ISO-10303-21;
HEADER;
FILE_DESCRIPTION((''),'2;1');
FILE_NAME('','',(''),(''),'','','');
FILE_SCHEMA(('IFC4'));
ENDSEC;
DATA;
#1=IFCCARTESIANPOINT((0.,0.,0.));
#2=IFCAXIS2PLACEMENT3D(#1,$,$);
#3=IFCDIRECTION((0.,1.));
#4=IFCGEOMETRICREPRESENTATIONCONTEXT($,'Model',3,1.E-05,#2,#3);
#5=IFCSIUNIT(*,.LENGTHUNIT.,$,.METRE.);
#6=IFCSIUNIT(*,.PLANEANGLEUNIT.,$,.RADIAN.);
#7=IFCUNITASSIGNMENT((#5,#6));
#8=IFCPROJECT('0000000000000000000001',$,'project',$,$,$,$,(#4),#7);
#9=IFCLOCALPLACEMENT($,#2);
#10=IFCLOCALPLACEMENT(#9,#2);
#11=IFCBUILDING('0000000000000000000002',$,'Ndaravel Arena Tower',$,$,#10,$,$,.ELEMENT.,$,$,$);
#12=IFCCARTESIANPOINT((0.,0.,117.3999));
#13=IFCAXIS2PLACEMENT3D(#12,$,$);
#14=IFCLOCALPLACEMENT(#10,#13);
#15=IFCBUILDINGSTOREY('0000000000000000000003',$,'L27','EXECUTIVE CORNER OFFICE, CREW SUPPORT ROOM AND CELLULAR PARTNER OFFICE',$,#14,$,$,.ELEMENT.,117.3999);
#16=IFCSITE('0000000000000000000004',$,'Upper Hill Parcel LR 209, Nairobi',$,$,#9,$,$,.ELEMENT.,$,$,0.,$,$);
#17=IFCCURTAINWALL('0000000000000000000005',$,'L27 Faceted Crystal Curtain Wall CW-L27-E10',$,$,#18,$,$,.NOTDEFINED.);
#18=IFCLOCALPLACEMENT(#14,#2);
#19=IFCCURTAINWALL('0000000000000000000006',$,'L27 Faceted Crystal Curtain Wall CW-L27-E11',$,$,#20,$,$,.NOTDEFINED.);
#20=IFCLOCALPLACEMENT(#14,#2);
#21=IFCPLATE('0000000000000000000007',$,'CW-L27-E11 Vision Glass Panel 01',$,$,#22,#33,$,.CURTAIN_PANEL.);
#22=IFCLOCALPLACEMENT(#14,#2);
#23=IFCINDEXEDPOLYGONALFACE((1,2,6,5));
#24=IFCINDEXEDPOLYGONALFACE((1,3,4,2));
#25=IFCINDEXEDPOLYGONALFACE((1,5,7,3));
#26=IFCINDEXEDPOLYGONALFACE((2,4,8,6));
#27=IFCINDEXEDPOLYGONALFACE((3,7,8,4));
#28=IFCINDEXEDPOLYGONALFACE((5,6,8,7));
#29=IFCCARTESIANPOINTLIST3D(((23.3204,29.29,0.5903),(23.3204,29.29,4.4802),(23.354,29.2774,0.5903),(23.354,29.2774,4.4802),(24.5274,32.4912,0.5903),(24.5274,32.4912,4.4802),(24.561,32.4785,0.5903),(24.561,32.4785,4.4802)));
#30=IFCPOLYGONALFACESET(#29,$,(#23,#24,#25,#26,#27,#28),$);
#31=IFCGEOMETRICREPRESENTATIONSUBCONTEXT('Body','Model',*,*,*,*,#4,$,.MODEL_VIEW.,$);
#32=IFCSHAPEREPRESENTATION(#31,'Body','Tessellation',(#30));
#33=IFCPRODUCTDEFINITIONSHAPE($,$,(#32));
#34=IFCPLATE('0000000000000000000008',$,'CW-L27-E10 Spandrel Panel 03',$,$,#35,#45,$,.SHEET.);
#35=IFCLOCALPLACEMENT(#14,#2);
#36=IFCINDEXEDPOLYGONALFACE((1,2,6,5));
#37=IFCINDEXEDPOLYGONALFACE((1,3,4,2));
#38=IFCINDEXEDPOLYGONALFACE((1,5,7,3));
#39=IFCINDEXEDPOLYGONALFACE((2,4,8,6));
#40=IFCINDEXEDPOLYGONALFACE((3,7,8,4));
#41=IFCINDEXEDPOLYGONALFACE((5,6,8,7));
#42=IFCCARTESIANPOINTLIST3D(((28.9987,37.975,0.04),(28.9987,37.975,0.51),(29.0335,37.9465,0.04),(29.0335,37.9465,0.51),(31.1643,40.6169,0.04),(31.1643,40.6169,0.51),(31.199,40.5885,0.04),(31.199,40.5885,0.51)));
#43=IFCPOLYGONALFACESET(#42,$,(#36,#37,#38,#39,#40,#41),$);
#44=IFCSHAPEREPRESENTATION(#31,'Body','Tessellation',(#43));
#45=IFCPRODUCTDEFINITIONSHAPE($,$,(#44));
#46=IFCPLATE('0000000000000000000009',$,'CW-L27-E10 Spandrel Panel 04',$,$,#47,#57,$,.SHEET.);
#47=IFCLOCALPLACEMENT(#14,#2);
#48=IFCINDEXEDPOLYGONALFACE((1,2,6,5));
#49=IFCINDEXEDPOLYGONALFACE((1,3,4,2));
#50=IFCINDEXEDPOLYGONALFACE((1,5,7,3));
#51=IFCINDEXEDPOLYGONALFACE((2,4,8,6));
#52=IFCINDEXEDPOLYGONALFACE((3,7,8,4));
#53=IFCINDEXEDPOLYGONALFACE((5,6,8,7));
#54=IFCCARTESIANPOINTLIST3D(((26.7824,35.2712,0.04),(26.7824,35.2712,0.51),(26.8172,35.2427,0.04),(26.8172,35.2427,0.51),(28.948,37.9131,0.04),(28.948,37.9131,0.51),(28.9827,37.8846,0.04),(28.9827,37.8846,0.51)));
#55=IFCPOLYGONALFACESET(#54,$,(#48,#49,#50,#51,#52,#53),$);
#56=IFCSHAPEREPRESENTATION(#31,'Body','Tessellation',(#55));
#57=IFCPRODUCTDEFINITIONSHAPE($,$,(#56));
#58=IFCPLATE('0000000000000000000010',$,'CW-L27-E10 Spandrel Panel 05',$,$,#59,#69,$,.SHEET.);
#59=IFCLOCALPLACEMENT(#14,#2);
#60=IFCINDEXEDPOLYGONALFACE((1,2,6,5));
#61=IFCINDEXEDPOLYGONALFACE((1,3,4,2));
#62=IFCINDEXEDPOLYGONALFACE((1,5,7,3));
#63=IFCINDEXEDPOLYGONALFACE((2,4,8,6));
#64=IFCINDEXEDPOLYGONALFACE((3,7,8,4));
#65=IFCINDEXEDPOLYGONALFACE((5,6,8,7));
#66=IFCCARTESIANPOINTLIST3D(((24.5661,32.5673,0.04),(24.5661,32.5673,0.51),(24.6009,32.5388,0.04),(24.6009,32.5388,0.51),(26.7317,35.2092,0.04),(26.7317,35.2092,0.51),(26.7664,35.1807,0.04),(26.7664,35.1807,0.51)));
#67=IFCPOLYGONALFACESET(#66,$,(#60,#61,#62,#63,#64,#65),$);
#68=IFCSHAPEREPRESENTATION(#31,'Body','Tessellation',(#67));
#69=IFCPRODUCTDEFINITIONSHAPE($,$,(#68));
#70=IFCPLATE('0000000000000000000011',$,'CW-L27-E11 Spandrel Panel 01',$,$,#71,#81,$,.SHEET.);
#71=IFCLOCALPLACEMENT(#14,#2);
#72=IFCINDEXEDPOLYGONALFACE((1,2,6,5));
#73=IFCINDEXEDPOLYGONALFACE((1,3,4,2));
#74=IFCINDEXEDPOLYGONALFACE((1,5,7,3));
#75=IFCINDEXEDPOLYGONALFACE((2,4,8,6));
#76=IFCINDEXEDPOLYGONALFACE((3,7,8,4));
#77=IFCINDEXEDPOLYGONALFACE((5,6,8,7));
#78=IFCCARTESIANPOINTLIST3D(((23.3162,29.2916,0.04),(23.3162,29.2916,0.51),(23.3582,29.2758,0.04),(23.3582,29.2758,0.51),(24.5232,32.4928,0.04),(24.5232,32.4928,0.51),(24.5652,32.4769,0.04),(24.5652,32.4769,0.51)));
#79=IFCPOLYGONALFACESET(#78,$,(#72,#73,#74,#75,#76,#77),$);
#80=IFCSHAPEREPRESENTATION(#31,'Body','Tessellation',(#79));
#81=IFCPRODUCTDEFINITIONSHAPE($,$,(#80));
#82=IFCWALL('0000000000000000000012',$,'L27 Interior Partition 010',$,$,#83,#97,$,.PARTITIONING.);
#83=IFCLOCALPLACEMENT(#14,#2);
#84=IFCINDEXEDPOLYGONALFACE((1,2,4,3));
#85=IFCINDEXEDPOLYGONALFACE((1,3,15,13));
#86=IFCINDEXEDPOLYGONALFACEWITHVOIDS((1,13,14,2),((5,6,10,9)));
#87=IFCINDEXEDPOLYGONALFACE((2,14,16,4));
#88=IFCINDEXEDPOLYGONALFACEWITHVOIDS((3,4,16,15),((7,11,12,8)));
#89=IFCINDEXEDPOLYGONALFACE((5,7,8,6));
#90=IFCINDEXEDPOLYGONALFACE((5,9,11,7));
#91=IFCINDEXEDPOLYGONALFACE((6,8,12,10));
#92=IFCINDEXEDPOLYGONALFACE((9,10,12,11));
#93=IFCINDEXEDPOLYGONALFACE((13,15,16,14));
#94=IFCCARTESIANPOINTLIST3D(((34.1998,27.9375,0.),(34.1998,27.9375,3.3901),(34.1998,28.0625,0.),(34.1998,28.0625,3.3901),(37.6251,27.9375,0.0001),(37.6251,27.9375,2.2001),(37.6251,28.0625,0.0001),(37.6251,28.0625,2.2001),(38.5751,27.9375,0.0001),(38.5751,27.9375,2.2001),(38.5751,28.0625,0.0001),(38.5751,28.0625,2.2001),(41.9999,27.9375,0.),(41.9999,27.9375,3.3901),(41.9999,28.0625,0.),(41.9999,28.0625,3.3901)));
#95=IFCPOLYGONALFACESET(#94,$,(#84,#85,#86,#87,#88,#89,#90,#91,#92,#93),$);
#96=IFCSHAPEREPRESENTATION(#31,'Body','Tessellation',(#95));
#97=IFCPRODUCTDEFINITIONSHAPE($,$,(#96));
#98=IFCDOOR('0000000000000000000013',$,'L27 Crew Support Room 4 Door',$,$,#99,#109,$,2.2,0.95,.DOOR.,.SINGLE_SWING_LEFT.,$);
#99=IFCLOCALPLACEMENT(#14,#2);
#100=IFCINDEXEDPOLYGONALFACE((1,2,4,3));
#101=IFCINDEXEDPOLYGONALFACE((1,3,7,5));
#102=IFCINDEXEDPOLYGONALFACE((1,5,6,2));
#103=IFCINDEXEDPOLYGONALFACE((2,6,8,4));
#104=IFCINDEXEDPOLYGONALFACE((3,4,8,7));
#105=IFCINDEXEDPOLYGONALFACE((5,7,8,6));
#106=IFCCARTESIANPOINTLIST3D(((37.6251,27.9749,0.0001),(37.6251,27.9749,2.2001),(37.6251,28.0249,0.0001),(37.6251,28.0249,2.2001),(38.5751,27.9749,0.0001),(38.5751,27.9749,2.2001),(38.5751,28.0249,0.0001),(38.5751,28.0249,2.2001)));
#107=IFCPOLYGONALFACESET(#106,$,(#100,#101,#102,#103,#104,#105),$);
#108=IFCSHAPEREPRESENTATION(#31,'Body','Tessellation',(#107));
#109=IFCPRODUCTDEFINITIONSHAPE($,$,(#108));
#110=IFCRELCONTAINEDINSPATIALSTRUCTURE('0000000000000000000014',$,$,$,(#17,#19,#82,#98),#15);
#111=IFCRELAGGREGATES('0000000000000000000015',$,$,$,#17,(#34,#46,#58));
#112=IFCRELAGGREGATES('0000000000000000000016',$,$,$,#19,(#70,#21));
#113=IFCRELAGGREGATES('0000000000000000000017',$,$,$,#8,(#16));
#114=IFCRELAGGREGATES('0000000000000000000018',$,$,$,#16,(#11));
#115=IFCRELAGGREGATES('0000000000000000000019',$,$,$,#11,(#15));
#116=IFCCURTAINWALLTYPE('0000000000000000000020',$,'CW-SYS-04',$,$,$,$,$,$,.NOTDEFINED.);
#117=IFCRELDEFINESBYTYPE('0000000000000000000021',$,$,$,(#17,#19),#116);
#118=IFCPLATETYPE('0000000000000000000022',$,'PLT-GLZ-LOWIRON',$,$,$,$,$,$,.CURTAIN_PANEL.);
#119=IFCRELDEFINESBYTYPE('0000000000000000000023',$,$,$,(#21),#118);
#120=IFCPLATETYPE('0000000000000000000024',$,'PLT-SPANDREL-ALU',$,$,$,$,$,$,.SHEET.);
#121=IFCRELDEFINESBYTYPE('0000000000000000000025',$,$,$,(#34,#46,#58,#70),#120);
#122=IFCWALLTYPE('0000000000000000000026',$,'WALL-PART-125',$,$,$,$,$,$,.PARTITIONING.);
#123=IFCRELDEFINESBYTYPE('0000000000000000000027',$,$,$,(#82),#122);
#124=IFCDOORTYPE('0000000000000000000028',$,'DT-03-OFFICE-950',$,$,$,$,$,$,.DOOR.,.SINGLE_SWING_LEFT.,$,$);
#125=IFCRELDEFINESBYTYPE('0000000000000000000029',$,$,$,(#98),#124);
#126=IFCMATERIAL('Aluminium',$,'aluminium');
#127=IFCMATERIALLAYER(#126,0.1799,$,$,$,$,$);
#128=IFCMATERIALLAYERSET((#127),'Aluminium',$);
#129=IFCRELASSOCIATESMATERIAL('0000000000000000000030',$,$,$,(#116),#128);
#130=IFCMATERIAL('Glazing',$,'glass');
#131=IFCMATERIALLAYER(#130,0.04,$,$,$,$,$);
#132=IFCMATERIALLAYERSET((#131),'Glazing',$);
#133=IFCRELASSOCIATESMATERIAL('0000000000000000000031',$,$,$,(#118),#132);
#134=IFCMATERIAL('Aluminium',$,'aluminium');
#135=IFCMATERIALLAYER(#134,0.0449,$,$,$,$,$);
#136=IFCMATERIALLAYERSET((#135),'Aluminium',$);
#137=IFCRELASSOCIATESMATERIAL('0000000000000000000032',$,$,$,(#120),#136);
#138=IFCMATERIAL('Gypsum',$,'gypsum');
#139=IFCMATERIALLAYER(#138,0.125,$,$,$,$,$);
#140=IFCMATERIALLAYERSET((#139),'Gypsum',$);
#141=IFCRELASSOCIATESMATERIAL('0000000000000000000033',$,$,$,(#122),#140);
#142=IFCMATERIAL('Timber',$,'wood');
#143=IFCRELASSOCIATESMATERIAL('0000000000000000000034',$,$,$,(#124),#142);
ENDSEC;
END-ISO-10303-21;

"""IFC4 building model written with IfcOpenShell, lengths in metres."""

from ifc_helpers import new_model, si_unit, direction, frame, frame_2d, origin, origin_2d, place, context, subcontext, project, spatial, rectangle, extrude, material, layer, layer_set, type_object, element, fill, aggregate, save


model = new_model("IFC4")

# Units and contexts
model_context = context("Model", 3, precision=1e-05, world=origin(), true_north=direction((0.0, 1.0)))
body_context = subcontext(model_context, "Body", "Model", "MODEL_VIEW")
ifc_project = project(units=[si_unit("LENGTHUNIT", "METRE"), si_unit("PLANEANGLEUNIT", "RADIAN")], contexts=[model_context])

# Site, building, storey
site_placement = place(None, origin())
site = spatial("IfcSite", under=ifc_project, at=site_placement, Name="Upper Hill Parcel LR 209, Nairobi", CompositionType="ELEMENT", RefElevation=0.0)
building_placement = place(site_placement, origin())
building = spatial("IfcBuilding", under=site, at=building_placement, Name="Ndaravel Arena Tower", CompositionType="ELEMENT")
storey_placement = place(building_placement, frame((0.0, 0.0, 117.3999)))
storey = spatial("IfcBuildingStorey", under=building, at=storey_placement, Name="L27", Description="EXECUTIVE CORNER OFFICE, CREW SUPPORT ROOM AND CELLULAR PARTNER OFFICE", CompositionType="ELEMENT", Elevation=117.3999)

# Curtain walls
ifc_material_1 = material(Name="Aluminium", Category="aluminium")
ifc_layer_1 = layer(ifc_material_1, 0.1799)
ifc_layer_set_1 = layer_set([ifc_layer_1], Name="Aluminium")
curtain_wall_type = type_object("IfcCurtainWallType", Name="CW-SYS-04", PredefinedType="NOTDEFINED", material=ifc_layer_set_1)
curtain_wall_1_placement = place(storey_placement, origin())
curtain_wall_1 = element("IfcCurtainWall", 1, at=curtain_wall_1_placement, inside=storey, type_object=curtain_wall_type, Name="L27 Faceted Crystal Curtain Wall CW-L27-E10", PredefinedType="NOTDEFINED")
curtain_wall_2_placement = place(storey_placement, origin())
curtain_wall_2 = element("IfcCurtainWall", 2, at=curtain_wall_2_placement, inside=storey, type_object=curtain_wall_type, Name="L27 Faceted Crystal Curtain Wall CW-L27-E11", PredefinedType="NOTDEFINED")

# Plates
ifc_material_2 = material(Name="Glazing", Category="glass")
ifc_layer_2 = layer(ifc_material_2, 0.04)
ifc_layer_set_2 = layer_set([ifc_layer_2], Name="Glazing")
plate_type_1 = type_object("IfcPlateType", Name="PLT-GLZ-LOWIRON", PredefinedType="CURTAIN_PANEL", material=ifc_layer_set_2)
plate_1_placement = place(storey_placement, frame((23.9407, 30.8843, 0.5903), z_axis=(0.0, 0.0, 1.0), x_axis=(-0.352805, -0.935697, 0.0)))
plate_1 = element("IfcPlate", 3, at=plate_1_placement, type_object=plate_type_1, Name="CW-L27-E11 Vision Glass Panel 01", PredefinedType="CURTAIN_PANEL", context=body_context, shape_type="SweptSolid", body=[
    extrude(rectangle(XDim=3.4211, YDim=0.0359, at=origin_2d()), origin(), (0.0, 0.0, 1.0), 3.8899),
])
ifc_material_3 = material(Name="Aluminium", Category="aluminium")
ifc_layer_3 = layer(ifc_material_3, 0.0449)
ifc_layer_set_3 = layer_set([ifc_layer_3], Name="Aluminium")
plate_type_2 = type_object("IfcPlateType", Name="PLT-SPANDREL-ALU", PredefinedType="SHEET", material=ifc_layer_set_3)
plate_2_placement = place(storey_placement, frame((30.0989, 39.2817, 0.04), z_axis=(0.0, 0.0, 1.0), x_axis=(-0.633934, -0.773387, 0.0)))
plate_2 = element("IfcPlate", 4, at=plate_2_placement, type_object=plate_type_2, Name="CW-L27-E10 Spandrel Panel 03", PredefinedType="SHEET", context=body_context, shape_type="SweptSolid", body=[
    extrude(rectangle(XDim=3.416, YDim=0.0449, at=origin_2d()), origin(), (0.0, 0.0, 1.0), 0.47),
])
plate_3_placement = place(storey_placement, frame((27.8826, 36.5779, 0.04), z_axis=(0.0, 0.0, 1.0), x_axis=(-0.633934, -0.773387, 0.0)))
plate_3 = element("IfcPlate", 5, at=plate_3_placement, type_object=plate_type_2, Name="CW-L27-E10 Spandrel Panel 04", PredefinedType="SHEET", context=body_context, shape_type="SweptSolid", body=[
    extrude(rectangle(XDim=3.416, YDim=0.0449, at=origin_2d()), origin(), (0.0, 0.0, 1.0), 0.47),
])
plate_4_placement = place(storey_placement, frame((25.6663, 33.874, 0.04), z_axis=(0.0, 0.0, 1.0), x_axis=(-0.633934, -0.773387, 0.0)))
plate_4 = element("IfcPlate", 6, at=plate_4_placement, type_object=plate_type_2, Name="CW-L27-E10 Spandrel Panel 05", PredefinedType="SHEET", context=body_context, shape_type="SweptSolid", body=[
    extrude(rectangle(XDim=3.416, YDim=0.0449, at=origin_2d()), origin(), (0.0, 0.0, 1.0), 0.47),
])
aggregate(curtain_wall_1, [plate_2, plate_3, plate_4])
plate_5_placement = place(storey_placement, frame((23.9407, 30.8843, 0.04), z_axis=(0.0, 0.0, 1.0), x_axis=(-0.352805, -0.935697, 0.0)))
plate_5 = element("IfcPlate", 7, at=plate_5_placement, type_object=plate_type_2, Name="CW-L27-E11 Spandrel Panel 01", PredefinedType="SHEET", context=body_context, shape_type="SweptSolid", body=[
    extrude(rectangle(XDim=3.4211, YDim=0.0449, at=origin_2d()), origin(), (0.0, 0.0, 1.0), 0.47),
])
aggregate(curtain_wall_2, [plate_5, plate_1])

# Wall, opening, door
ifc_material_4 = material(Name="Gypsum", Category="gypsum")
ifc_layer_4 = layer(ifc_material_4, 0.125)
ifc_layer_set_4 = layer_set([ifc_layer_4], Name="Gypsum")
wall_type = type_object("IfcWallType", Name="WALL-PART-125", PredefinedType="PARTITIONING", material=ifc_layer_set_4)
wall_placement = place(storey_placement, frame((34.2, 28.0, 0.0), z_axis=(0.0, 0.0, 1.0), x_axis=(1.0, 0.0, 0.0)))
wall = element("IfcWall", 8, at=wall_placement, inside=storey, type_object=wall_type, Name="L27 Interior Partition 010", PredefinedType="PARTITIONING", context=body_context, shape_type="SweptSolid", body=[
    extrude(rectangle(XDim=7.8, YDim=0.125, at=frame_2d((3.8999, 0.0))), origin(), (0.0, 0.0, 1.0), 3.3901),
])
opening_placement = place(wall_placement, frame((3.425, 0.0, 0.0)))
opening = element("IfcOpeningElement", 9, at=opening_placement, cuts=wall, PredefinedType="OPENING", context=body_context, shape_type="SweptSolid", body=[
    extrude(rectangle(XDim=0.95, YDim=2.2, at=frame_2d((0.4751, 1.1001))), frame((0.0, 0.0625, 0.0), z_axis=(0.0, -1.0, 0.0), x_axis=(1.0, 0.0, 0.0)), (0.0, 0.0, 1.0), 0.125),
])
ifc_material_5 = material(Name="Timber", Category="wood")
door_type = type_object("IfcDoorType", Name="DT-03-OFFICE-950", OperationType="SINGLE_SWING_LEFT", PredefinedType="DOOR", material=ifc_material_5)
door_placement = place(opening_placement, origin())
door = element("IfcDoor", 10, at=door_placement, inside=storey, type_object=door_type, Name="L27 Crew Support Room 4 Door", OperationType="SINGLE_SWING_LEFT", OverallHeight=2.2, OverallWidth=0.95, PredefinedType="DOOR", context=body_context, shape_type="SweptSolid", body=[
    extrude(rectangle(XDim=0.95, YDim=2.2, at=frame_2d((0.4751, 1.1001))), frame((0.0, 0.0249, 0.0), z_axis=(0.0, -1.0, 0.0), x_axis=(1.0, 0.0, 0.0)), (0.0, 0.0, 1.0), 0.05),
])
fill(opening, door)

save(model, "model.ifc")
